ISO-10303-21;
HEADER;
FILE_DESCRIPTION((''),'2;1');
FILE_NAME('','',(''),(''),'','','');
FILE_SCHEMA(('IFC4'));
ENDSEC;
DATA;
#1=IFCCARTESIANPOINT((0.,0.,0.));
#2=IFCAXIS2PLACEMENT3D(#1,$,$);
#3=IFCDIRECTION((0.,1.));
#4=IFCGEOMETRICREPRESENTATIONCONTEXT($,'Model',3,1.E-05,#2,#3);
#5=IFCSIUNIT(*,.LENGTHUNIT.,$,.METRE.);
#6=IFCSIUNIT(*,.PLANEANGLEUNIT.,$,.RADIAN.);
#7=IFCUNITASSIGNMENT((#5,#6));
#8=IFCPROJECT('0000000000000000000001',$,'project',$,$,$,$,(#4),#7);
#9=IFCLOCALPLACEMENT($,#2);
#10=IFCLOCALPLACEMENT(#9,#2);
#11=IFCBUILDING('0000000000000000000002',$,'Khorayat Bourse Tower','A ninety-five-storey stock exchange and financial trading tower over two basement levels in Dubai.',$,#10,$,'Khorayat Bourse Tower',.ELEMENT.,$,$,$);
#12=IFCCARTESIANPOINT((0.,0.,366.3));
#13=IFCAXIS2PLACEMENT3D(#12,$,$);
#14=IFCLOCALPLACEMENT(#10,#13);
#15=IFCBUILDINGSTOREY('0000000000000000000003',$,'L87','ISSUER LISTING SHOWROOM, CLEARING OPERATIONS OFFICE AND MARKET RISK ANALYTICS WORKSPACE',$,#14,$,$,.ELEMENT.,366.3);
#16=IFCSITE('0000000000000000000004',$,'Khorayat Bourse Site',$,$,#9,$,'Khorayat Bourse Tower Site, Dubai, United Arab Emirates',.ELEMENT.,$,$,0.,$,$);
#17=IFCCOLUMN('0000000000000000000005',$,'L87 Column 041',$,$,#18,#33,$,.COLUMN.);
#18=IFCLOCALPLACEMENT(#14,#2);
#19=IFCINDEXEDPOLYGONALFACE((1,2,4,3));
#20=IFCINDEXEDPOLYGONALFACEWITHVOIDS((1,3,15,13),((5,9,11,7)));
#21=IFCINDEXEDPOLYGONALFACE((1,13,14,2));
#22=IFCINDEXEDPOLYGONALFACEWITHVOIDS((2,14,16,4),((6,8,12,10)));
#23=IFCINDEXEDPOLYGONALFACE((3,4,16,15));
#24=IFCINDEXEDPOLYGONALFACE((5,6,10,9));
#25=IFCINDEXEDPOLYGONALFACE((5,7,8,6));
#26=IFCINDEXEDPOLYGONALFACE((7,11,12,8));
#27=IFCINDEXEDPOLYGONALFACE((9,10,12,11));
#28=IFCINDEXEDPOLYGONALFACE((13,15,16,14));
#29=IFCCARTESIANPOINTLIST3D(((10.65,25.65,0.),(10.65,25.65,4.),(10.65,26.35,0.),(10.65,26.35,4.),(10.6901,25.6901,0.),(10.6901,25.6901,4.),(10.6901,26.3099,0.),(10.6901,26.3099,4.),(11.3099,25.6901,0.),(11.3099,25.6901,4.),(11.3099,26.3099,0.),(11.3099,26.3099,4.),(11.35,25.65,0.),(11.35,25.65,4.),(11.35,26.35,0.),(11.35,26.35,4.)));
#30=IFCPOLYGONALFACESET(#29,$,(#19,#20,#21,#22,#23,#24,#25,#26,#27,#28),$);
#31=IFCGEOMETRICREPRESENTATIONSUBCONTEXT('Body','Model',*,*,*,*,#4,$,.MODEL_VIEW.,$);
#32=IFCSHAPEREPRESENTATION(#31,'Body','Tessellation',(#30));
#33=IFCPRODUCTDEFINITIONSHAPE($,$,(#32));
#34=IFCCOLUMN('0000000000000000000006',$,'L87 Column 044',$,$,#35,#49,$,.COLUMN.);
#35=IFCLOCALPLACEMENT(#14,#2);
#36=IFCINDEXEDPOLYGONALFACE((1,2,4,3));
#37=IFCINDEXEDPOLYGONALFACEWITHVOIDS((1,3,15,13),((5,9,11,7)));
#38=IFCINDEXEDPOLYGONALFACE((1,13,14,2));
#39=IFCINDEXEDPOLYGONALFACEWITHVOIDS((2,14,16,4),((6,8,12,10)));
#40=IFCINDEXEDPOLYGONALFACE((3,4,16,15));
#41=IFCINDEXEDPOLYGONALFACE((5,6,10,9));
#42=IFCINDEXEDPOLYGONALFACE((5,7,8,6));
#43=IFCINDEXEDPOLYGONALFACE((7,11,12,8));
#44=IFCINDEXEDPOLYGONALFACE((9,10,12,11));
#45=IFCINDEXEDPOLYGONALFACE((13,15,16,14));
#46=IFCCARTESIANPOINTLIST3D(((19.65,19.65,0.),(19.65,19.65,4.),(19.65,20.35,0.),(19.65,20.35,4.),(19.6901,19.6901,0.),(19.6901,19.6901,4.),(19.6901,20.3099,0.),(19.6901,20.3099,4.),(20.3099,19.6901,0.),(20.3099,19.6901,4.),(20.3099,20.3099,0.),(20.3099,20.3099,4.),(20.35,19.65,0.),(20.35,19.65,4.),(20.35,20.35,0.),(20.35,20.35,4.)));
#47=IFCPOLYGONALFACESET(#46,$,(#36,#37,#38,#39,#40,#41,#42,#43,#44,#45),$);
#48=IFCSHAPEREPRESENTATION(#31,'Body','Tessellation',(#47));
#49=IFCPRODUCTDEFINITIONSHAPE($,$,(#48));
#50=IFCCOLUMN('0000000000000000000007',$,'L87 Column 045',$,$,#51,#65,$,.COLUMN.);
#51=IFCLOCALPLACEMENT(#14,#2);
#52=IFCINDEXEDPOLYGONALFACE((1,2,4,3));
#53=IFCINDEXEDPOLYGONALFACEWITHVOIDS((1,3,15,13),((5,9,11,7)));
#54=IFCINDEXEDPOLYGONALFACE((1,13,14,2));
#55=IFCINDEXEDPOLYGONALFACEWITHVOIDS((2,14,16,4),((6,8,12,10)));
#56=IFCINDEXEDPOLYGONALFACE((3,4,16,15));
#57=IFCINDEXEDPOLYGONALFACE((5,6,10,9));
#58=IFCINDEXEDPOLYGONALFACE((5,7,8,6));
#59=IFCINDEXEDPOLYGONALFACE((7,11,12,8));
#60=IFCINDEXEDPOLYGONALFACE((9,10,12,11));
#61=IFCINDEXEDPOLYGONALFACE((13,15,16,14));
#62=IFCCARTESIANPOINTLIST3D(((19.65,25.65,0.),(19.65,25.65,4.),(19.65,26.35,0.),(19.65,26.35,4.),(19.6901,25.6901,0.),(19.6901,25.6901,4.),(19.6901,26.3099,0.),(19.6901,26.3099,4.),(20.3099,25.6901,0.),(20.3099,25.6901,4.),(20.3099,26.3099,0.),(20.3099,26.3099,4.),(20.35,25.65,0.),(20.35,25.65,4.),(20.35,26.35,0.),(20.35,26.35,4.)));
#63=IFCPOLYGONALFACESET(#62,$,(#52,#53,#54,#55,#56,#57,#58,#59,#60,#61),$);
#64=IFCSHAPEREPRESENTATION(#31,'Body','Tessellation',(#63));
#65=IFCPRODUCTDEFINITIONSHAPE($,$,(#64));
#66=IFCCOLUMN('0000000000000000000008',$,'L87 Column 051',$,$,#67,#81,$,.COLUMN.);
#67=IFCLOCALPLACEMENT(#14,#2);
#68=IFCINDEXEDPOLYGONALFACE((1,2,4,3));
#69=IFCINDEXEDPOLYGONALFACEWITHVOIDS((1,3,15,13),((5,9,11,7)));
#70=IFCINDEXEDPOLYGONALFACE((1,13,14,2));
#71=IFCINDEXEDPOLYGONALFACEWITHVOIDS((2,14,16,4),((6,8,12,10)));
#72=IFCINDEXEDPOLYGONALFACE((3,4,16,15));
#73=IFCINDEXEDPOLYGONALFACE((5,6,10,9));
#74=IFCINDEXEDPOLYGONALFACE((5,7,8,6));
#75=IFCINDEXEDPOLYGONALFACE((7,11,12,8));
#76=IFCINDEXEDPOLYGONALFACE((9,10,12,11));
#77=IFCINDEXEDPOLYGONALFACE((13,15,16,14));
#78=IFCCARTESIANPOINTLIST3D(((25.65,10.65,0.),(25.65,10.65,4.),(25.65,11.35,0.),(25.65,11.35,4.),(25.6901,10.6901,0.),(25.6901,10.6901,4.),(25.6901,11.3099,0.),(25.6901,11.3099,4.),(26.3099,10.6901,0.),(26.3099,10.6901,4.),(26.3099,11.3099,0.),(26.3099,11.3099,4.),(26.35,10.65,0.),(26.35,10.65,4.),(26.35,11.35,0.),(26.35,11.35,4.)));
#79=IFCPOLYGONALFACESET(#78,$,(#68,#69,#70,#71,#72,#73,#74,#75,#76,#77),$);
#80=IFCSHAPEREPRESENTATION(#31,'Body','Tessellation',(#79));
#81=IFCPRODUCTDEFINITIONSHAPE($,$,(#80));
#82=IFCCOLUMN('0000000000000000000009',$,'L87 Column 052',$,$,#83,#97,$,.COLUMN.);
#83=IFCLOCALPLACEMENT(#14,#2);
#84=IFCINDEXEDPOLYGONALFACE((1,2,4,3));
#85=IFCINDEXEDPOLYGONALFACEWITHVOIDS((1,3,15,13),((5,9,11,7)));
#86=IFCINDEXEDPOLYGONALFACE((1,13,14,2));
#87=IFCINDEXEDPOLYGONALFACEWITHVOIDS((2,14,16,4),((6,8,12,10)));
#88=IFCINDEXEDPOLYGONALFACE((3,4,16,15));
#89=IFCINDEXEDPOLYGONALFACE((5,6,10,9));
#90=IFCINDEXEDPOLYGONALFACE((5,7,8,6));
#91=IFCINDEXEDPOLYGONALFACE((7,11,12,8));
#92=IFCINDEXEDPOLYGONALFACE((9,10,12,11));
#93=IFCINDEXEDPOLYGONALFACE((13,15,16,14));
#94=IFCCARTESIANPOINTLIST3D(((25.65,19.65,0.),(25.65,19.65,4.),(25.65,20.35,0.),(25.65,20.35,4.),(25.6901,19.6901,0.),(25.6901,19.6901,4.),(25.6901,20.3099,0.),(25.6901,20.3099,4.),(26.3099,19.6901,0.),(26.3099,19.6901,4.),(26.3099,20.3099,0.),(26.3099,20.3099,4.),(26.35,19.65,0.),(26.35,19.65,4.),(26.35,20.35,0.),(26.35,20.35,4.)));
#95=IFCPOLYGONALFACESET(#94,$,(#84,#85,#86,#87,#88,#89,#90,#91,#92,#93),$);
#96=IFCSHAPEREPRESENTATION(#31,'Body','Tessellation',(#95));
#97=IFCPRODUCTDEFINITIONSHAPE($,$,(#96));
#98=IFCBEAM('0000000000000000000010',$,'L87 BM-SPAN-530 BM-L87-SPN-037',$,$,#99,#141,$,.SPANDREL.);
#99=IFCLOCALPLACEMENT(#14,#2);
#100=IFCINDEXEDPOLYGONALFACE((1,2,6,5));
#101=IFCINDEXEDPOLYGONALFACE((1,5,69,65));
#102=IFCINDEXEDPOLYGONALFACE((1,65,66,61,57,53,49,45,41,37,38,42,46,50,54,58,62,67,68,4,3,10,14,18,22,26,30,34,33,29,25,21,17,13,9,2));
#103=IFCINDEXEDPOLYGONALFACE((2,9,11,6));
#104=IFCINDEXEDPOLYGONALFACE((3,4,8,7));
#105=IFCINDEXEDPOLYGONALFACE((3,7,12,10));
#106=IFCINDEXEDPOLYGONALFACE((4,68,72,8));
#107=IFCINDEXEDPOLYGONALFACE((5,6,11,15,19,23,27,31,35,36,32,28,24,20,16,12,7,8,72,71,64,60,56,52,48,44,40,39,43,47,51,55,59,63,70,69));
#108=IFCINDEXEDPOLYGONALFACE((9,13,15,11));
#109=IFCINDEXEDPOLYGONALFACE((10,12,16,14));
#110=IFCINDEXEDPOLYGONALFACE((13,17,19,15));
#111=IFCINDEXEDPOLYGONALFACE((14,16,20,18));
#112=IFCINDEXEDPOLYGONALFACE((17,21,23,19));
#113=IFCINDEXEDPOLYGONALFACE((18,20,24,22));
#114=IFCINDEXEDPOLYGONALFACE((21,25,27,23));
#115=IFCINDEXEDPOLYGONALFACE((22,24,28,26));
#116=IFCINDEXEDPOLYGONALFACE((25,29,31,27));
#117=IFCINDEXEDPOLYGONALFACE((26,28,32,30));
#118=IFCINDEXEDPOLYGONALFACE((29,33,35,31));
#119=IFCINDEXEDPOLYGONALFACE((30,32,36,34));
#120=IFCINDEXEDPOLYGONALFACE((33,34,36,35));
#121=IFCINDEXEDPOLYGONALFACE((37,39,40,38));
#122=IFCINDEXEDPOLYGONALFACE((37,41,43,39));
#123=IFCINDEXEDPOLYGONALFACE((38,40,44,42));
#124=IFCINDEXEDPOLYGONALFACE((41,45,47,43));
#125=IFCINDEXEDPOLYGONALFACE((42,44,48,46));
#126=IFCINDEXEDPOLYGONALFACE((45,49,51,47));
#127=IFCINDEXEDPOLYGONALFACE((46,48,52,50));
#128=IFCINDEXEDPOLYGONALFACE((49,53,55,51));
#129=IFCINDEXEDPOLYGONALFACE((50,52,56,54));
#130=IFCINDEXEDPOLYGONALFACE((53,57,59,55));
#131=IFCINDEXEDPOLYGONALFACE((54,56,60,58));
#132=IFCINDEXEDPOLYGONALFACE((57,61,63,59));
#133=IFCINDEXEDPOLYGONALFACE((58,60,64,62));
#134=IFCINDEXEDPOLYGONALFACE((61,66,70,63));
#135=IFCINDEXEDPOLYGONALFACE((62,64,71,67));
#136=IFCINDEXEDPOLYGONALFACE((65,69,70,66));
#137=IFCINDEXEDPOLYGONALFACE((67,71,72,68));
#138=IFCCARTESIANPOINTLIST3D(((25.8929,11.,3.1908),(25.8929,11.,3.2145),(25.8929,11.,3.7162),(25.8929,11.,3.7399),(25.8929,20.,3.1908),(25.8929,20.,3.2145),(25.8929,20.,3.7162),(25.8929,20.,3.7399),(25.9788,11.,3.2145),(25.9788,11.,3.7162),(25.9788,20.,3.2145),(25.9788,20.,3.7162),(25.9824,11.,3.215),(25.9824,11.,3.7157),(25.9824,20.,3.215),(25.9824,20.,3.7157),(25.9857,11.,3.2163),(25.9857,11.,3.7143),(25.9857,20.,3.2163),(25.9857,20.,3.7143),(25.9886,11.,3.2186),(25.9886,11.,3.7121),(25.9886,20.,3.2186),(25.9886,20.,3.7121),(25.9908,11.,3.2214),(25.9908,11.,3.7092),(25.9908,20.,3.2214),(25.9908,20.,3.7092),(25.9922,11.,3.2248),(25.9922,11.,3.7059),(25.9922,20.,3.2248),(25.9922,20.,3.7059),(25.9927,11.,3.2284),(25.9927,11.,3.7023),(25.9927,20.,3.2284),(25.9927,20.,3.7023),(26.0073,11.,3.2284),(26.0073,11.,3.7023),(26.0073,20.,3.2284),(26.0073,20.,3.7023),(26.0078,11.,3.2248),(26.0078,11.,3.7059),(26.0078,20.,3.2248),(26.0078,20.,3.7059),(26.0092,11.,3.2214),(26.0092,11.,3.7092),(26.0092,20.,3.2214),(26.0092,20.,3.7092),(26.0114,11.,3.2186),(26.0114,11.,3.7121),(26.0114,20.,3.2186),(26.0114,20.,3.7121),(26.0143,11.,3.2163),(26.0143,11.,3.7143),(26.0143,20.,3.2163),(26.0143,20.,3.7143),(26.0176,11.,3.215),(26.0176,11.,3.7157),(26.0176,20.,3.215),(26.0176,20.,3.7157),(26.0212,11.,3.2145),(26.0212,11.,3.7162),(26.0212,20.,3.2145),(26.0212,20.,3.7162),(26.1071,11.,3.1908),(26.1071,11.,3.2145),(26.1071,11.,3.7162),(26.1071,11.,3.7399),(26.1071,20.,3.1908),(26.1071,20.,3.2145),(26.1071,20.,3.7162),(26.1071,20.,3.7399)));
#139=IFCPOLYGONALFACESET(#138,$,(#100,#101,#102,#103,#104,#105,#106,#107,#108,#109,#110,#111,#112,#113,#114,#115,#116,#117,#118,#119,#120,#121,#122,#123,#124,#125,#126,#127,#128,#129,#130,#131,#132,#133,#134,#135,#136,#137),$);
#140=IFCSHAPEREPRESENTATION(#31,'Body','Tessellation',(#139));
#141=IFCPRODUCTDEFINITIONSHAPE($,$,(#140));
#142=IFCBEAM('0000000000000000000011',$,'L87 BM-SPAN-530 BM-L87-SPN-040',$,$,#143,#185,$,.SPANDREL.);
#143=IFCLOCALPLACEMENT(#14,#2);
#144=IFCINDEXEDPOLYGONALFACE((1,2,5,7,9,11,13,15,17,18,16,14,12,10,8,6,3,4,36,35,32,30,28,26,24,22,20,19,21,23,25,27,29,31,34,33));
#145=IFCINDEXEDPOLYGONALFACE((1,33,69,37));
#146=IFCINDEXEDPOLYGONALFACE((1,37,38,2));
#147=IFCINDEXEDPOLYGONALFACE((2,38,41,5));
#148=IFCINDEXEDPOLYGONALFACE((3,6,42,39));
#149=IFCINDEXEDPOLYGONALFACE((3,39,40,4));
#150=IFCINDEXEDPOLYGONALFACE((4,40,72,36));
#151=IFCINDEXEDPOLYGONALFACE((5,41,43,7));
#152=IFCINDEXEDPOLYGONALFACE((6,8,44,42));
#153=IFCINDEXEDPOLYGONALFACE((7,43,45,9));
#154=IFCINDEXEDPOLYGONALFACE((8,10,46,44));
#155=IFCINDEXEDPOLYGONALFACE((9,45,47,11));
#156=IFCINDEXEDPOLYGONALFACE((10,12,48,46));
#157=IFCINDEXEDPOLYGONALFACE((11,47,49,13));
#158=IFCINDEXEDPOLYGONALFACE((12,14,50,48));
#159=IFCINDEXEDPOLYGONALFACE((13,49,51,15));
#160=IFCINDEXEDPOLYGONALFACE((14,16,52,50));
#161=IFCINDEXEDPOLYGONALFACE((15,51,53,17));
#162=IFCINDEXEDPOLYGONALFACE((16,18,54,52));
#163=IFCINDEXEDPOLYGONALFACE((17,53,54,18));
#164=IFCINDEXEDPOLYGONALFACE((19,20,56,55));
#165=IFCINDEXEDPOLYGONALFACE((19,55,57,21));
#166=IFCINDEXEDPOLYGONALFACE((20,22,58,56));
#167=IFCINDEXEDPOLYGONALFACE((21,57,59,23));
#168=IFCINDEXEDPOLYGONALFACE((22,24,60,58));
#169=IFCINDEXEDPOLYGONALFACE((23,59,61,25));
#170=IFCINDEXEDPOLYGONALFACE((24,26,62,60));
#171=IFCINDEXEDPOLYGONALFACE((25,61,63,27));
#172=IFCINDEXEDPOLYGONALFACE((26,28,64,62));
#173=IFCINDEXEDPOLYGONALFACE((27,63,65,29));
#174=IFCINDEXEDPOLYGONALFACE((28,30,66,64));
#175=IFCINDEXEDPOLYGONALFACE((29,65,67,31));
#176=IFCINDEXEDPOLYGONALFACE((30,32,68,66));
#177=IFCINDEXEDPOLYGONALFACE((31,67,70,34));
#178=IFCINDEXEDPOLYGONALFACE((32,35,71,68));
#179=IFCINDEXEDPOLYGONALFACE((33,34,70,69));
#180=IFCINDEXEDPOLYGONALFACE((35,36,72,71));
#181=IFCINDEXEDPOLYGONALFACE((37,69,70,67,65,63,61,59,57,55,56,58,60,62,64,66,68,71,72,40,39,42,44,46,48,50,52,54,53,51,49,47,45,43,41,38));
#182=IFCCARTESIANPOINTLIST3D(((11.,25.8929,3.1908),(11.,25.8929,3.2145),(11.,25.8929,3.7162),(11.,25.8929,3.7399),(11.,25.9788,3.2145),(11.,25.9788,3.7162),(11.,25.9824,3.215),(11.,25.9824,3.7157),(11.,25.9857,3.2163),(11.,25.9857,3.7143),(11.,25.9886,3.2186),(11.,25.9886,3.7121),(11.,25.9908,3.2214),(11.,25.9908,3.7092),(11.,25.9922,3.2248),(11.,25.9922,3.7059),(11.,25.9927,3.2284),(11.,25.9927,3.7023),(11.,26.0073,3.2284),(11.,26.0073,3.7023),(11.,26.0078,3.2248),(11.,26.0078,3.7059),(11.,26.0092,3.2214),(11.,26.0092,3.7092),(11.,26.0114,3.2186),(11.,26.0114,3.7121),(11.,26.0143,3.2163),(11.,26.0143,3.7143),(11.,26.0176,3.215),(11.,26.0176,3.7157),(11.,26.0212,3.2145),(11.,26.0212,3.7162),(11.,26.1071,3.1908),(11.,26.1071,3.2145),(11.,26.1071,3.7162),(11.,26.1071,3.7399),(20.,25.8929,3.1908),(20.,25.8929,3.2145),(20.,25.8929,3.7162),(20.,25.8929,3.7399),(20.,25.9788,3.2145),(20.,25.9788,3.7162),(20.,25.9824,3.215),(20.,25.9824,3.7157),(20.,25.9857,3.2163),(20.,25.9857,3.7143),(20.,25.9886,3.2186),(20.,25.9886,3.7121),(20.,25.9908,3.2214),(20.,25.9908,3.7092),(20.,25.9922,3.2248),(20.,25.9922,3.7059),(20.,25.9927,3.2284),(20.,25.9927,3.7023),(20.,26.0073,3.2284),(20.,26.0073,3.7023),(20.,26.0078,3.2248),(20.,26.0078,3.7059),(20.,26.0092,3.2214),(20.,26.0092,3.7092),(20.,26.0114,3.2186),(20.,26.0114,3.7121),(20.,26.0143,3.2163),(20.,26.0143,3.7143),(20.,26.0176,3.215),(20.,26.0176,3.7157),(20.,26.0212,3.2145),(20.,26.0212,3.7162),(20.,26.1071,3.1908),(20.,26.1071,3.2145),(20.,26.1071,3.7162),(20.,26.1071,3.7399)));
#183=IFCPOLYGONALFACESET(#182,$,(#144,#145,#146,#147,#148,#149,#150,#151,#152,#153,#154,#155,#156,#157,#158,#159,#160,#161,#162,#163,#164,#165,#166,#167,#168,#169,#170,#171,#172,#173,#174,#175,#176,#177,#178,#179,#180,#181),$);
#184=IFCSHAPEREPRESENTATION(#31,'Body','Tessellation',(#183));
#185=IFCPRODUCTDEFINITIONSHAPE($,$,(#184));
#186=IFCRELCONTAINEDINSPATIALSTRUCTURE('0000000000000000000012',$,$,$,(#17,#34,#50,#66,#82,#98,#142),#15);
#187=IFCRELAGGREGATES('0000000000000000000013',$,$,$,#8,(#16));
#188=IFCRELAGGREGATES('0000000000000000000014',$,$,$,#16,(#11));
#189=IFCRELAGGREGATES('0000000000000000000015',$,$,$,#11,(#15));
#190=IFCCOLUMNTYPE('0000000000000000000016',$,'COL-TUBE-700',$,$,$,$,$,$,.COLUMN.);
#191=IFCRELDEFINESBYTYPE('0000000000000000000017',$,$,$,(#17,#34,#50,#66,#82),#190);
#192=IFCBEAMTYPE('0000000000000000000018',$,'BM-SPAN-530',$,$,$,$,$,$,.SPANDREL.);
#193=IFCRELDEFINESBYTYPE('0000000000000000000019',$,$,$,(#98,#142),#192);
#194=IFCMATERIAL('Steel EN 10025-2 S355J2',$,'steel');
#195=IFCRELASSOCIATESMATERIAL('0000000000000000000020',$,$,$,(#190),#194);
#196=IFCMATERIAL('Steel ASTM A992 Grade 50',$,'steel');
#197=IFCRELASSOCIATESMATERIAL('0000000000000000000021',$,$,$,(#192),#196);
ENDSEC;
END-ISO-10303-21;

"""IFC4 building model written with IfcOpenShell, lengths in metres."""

from ifc_helpers import new_model, si_unit, direction, frame, origin, origin_2d, place, context, subcontext, project, spatial, hollow_rectangle, i_section, extrude, source, transform, mapped, material, material_profile, profile_set, type_object, element, save


model = new_model("IFC4")

# Units and contexts
model_context = context("Model", 3, precision=1e-05, world=origin(), true_north=direction((0.0, 1.0)))
body_context = subcontext(model_context, "Body", "Model", "MODEL_VIEW")
ifc_project = project(units=[si_unit("LENGTHUNIT", "METRE"), si_unit("PLANEANGLEUNIT", "RADIAN")], contexts=[model_context])

# Site, building, storey
site_placement = place(None, origin())
site = spatial("IfcSite", under=ifc_project, at=site_placement, Name="Khorayat Bourse Site", LongName="Khorayat Bourse Tower Site, Dubai, United Arab Emirates", CompositionType="ELEMENT", RefElevation=0.0)
building_placement = place(site_placement, origin())
building = spatial("IfcBuilding", under=site, at=building_placement, Name="Khorayat Bourse Tower", Description="A ninety-five-storey stock exchange and financial trading tower over two basement levels in Dubai.", LongName="Khorayat Bourse Tower", CompositionType="ELEMENT")
storey_placement = place(building_placement, frame((0.0, 0.0, 366.3)))
storey = spatial("IfcBuildingStorey", under=building, at=storey_placement, Name="L87", Description="ISSUER LISTING SHOWROOM, CLEARING OPERATIONS OFFICE AND MARKET RISK ANALYTICS WORKSPACE", CompositionType="ELEMENT", Elevation=366.3)

# Columns
ifc_material_1 = material(Name="Steel EN 10025-2 S355J2", Category="steel")
ifc_material_profile_1 = material_profile(ifc_material_1, hollow_rectangle(XDim=0.7, YDim=0.7, WallThickness=0.04, at=origin_2d()), Name="BOX 700x700x40")
ifc_profile_set_1 = profile_set([ifc_material_profile_1], Name="Steel EN 10025-2 S355J2")
column_type = type_object("IfcColumnType", Name="COL-TUBE-700", PredefinedType="COLUMN", material=ifc_profile_set_1)
shared_shape_1 = source(origin(), body_context, "Body", "SweptSolid", [
    extrude(hollow_rectangle(XDim=0.7, YDim=0.7, WallThickness=0.04, at=origin_2d()), origin(), (0.0, 0.0, 1.0), 4.0),
])
for number, where, z_axis, x_axis, name in (
    (1, (11.0, 26.0, 0.0), (0.0, 0.0, 1.0), (1.0, 0.0, 0.0), "L87 Column 041"),
    (2, (20.0, 20.0, 0.0), (0.0, 0.0, 1.0), (1.0, 0.0, 0.0), "L87 Column 044"),
    (3, (20.0, 26.0, 0.0), (0.0, 0.0, 1.0), (1.0, 0.0, 0.0), "L87 Column 045"),
    (4, (26.0, 11.0, 0.0), (0.0, 0.0, 1.0), (1.0, 0.0, 0.0), "L87 Column 051"),
    (5, (26.0, 20.0, 0.0), (0.0, 0.0, 1.0), (1.0, 0.0, 0.0), "L87 Column 052"),
):
    element("IfcColumn", number, at=place(storey_placement, frame(where, z_axis=z_axis, x_axis=x_axis)), inside=storey, type_object=column_type, Name=name, PredefinedType="COLUMN", context=body_context, shape_type="MappedRepresentation", body=[
        mapped(shared_shape_1, transform((0.0, 0.0, 0.0), scale=1.0)),
    ])

# Beams
ifc_material_2 = material(Name="Steel ASTM A992 Grade 50", Category="steel")
ifc_material_profile_2 = material_profile(ifc_material_2, i_section(OverallWidth=0.2141, OverallDepth=0.5491, WebThickness=0.0146, FlangeThickness=0.0237, FilletRadius=0.0139, at=origin_2d()), Name="W530X138")
ifc_profile_set_2 = profile_set([ifc_material_profile_2], Name="Steel ASTM A992 Grade 50")
beam_type_1 = type_object("IfcBeamType", Name="BM-SPAN-530", PredefinedType="SPANDREL", material=ifc_profile_set_2)
shared_shape_2 = source(origin(), body_context, "Body", "SweptSolid", [
    extrude(i_section(OverallWidth=0.2141, OverallDepth=0.5491, WebThickness=0.0146, FlangeThickness=0.0237, FilletRadius=0.0139, at=origin_2d()), origin(), (0.0, 0.0, 1.0), 9.0),
])
for number, where, z_axis, x_axis, name in (
    (6, (26.0, 11.0, 3.4653), (0.0, 1.0, 0.0), (-1.0, 0.0, 0.0), "L87 BM-SPAN-530 BM-L87-SPN-037"),
    (7, (11.0, 26.0, 3.4653), (1.0, 0.0, 0.0), (0.0, 1.0, 0.0), "L87 BM-SPAN-530 BM-L87-SPN-040"),
):
    element("IfcBeam", number, at=place(storey_placement, frame(where, z_axis=z_axis, x_axis=x_axis)), inside=storey, type_object=beam_type_1, Name=name, PredefinedType="SPANDREL", context=body_context, shape_type="MappedRepresentation", body=[
        mapped(shared_shape_2, transform((0.0, 0.0, 0.0), scale=1.0)),
    ])

save(model, "model.ifc")
